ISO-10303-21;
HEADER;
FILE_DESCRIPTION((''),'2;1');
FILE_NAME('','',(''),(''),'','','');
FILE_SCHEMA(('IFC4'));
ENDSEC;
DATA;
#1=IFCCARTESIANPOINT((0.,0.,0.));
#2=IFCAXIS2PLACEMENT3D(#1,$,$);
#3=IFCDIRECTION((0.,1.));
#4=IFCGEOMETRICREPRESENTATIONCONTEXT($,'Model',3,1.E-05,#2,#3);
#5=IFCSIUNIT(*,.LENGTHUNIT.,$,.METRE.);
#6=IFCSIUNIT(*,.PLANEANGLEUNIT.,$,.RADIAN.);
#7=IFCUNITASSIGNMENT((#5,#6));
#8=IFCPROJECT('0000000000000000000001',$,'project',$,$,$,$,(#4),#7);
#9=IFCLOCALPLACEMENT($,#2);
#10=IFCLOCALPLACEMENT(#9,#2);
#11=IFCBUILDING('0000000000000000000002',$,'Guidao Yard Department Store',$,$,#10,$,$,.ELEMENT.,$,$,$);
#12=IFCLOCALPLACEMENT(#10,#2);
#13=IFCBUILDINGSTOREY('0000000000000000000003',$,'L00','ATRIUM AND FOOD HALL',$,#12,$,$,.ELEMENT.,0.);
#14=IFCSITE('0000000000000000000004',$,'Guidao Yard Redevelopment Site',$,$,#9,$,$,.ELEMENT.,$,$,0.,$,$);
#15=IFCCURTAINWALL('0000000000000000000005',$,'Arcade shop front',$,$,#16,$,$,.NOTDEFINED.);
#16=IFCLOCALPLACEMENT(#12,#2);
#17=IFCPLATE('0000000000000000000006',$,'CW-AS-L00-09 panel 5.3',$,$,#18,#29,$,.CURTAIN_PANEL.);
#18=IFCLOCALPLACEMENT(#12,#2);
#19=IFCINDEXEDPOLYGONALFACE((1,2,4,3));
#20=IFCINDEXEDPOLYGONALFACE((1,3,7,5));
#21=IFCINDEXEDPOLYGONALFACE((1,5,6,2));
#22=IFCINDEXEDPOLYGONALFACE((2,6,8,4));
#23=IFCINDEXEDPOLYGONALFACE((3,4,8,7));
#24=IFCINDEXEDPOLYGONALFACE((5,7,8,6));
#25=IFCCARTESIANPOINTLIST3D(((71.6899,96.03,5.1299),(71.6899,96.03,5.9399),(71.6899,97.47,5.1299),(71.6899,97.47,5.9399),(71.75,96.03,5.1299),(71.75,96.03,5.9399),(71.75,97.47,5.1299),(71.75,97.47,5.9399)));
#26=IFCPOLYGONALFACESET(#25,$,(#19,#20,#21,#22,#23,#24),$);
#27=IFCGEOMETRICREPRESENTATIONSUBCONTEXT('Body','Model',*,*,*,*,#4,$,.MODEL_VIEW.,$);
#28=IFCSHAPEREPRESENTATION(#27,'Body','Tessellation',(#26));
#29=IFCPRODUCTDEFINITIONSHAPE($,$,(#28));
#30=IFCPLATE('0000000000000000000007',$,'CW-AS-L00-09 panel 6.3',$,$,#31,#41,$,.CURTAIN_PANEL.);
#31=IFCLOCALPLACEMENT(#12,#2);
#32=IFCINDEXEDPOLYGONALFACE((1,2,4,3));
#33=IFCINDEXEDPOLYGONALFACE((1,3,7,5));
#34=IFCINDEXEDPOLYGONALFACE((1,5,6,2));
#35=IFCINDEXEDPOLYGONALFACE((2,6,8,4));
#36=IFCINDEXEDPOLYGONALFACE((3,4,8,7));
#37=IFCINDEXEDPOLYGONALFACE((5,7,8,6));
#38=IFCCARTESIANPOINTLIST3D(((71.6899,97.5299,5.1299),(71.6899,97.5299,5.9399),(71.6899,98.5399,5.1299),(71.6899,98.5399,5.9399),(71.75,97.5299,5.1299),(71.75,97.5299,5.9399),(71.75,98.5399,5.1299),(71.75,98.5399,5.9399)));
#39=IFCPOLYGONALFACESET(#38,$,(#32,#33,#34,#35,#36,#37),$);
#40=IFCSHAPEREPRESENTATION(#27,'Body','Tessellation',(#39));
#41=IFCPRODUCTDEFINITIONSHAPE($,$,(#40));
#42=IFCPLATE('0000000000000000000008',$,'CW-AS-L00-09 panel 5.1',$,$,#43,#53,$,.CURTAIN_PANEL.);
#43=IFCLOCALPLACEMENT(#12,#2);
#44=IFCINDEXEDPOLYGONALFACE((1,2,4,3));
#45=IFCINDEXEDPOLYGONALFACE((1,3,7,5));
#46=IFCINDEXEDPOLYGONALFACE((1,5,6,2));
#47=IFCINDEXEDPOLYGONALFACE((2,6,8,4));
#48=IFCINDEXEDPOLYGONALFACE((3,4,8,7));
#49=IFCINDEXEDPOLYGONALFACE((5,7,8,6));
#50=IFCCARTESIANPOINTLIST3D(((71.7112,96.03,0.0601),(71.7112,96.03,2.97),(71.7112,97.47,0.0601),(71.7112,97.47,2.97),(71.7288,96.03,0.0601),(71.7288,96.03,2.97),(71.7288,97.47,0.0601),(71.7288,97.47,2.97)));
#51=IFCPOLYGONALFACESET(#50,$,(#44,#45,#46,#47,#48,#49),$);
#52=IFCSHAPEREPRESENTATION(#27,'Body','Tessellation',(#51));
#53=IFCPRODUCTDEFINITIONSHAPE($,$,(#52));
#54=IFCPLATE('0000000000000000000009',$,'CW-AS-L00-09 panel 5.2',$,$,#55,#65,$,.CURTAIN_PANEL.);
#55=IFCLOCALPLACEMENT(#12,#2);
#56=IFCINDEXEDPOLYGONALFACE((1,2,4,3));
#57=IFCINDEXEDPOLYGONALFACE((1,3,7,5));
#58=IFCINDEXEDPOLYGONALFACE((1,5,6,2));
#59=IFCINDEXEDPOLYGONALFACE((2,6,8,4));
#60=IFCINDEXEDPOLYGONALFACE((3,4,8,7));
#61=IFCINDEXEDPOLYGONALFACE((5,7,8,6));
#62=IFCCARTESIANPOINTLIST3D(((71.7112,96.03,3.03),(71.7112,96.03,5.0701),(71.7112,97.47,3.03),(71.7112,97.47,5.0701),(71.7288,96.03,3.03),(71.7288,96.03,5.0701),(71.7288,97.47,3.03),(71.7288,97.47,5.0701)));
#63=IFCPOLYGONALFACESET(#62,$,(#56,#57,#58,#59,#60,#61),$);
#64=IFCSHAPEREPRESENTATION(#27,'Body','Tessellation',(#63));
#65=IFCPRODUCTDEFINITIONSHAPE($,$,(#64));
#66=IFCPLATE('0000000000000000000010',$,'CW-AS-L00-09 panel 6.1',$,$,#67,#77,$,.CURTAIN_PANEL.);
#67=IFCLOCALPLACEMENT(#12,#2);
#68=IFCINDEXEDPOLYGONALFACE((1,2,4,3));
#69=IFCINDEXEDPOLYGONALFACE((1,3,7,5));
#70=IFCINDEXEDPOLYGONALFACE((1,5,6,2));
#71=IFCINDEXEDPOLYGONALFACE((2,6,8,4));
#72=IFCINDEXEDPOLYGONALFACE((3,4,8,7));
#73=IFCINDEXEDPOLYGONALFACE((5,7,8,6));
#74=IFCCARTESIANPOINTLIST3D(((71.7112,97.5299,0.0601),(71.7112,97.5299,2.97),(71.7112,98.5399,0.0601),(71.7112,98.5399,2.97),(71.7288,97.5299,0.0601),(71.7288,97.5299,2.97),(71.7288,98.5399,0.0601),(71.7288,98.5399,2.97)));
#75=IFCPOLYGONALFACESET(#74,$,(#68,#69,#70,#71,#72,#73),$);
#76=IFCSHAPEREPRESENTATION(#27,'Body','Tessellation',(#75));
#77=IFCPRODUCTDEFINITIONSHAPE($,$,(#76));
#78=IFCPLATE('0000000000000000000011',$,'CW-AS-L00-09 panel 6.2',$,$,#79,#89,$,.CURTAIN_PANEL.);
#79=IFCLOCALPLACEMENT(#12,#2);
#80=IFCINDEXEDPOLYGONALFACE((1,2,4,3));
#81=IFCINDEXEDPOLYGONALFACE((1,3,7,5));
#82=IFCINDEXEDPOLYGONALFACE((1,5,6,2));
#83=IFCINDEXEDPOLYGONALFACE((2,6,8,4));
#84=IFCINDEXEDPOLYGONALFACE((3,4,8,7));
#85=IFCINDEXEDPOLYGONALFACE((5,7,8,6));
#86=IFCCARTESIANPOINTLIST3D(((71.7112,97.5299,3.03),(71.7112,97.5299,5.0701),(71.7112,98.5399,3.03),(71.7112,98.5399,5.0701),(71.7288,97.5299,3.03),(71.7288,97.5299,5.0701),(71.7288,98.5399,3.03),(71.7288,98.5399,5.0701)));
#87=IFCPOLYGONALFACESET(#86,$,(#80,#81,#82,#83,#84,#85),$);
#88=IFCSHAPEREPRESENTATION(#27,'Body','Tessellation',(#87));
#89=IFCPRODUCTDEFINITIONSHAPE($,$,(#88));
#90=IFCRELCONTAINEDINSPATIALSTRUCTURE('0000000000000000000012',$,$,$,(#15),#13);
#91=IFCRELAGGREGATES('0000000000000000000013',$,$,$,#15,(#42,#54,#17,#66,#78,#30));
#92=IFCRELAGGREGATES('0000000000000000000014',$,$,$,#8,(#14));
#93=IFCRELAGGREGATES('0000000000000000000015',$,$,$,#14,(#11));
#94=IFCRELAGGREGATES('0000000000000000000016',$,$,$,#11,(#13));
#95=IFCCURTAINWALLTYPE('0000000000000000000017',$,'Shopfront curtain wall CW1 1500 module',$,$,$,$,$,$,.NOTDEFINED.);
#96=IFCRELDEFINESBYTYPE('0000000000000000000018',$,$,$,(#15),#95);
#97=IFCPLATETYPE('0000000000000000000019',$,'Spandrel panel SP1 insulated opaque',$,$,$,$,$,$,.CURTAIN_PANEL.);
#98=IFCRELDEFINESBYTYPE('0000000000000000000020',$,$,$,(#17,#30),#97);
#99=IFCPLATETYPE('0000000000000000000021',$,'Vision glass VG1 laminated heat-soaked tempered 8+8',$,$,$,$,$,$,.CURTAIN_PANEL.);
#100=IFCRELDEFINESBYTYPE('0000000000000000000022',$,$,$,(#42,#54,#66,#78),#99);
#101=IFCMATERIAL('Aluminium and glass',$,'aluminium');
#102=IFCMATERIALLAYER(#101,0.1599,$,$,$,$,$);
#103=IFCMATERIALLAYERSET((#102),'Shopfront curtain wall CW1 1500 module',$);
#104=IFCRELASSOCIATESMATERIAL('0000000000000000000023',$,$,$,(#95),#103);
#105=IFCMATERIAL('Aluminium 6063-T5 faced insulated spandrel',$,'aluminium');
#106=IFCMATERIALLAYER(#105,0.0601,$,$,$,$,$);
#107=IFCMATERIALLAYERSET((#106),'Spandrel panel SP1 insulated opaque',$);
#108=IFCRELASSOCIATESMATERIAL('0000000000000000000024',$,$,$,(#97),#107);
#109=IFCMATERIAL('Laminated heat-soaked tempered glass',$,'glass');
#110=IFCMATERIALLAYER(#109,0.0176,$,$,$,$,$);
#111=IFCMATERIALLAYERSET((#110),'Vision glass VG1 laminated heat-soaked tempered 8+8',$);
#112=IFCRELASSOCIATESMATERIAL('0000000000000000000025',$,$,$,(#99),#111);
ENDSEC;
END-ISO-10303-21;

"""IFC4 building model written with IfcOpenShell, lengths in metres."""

from ifc_helpers import new_model, si_unit, direction, frame, origin, origin_2d, place, context, subcontext, project, spatial, rectangle, extrude, material, layer, layer_set, type_object, element, aggregate, save


model = new_model("IFC4")

# Units and contexts
model_context = context("Model", 3, precision=1e-05, world=origin(), true_north=direction((0.0, 1.0)))
body_context = subcontext(model_context, "Body", "Model", "MODEL_VIEW")
ifc_project = project(units=[si_unit("LENGTHUNIT", "METRE"), si_unit("PLANEANGLEUNIT", "RADIAN")], contexts=[model_context])

# Site, building, storey
site_placement = place(None, origin())
site = spatial("IfcSite", under=ifc_project, at=site_placement, Name="Guidao Yard Redevelopment Site", CompositionType="ELEMENT", RefElevation=0.0)
building_placement = place(site_placement, origin())
building = spatial("IfcBuilding", under=site, at=building_placement, Name="Guidao Yard Department Store", CompositionType="ELEMENT")
storey_placement = place(building_placement, origin())
storey = spatial("IfcBuildingStorey", under=building, at=storey_placement, Name="L00", Description="ATRIUM AND FOOD HALL", CompositionType="ELEMENT", Elevation=0.0)

# Curtain wall
ifc_material_1 = material(Name="Aluminium and glass", Category="aluminium")
ifc_layer_1 = layer(ifc_material_1, 0.1599)
ifc_layer_set_1 = layer_set([ifc_layer_1], Name="Shopfront curtain wall CW1 1500 module")
curtain_wall_type = type_object("IfcCurtainWallType", Name="Shopfront curtain wall CW1 1500 module", PredefinedType="NOTDEFINED", material=ifc_layer_set_1)
curtain_wall_1_placement = place(storey_placement, origin())
curtain_wall_1 = element("IfcCurtainWall", 1, at=curtain_wall_1_placement, inside=storey, type_object=curtain_wall_type, Name="Arcade shop front", PredefinedType="NOTDEFINED")

# Plates
ifc_material_2 = material(Name="Aluminium 6063-T5 faced insulated spandrel", Category="aluminium")
ifc_layer_2 = layer(ifc_material_2, 0.0601)
ifc_layer_set_2 = layer_set([ifc_layer_2], Name="Spandrel panel SP1 insulated opaque")
plate_type_1 = type_object("IfcPlateType", Name="Spandrel panel SP1 insulated opaque", PredefinedType="CURTAIN_PANEL", material=ifc_layer_set_2)
plate_1_placement = place(storey_placement, frame((71.72, 96.75, 5.1299), z_axis=(0.0, 0.0, 1.0), x_axis=(0.0, 1.0, 0.0)))
plate_1 = element("IfcPlate", 2, at=plate_1_placement, type_object=plate_type_1, Name="CW-AS-L00-09 panel 5.3", PredefinedType="CURTAIN_PANEL", context=body_context, shape_type="SweptSolid", body=[
    extrude(rectangle(XDim=1.4399, YDim=0.0601, at=origin_2d()), origin(), (0.0, 0.0, 1.0), 0.8101),
])
plate_2_placement = place(storey_placement, frame((71.72, 98.0349, 5.1299), z_axis=(0.0, 0.0, 1.0), x_axis=(0.0, 1.0, 0.0)))
plate_2 = element("IfcPlate", 3, at=plate_2_placement, type_object=plate_type_1, Name="CW-AS-L00-09 panel 6.3", PredefinedType="CURTAIN_PANEL", context=body_context, shape_type="SweptSolid", body=[
    extrude(rectangle(XDim=1.01, YDim=0.0601, at=origin_2d()), origin(), (0.0, 0.0, 1.0), 0.8101),
])
ifc_material_3 = material(Name="Laminated heat-soaked tempered glass", Category="glass")
ifc_layer_3 = layer(ifc_material_3, 0.0176)
ifc_layer_set_3 = layer_set([ifc_layer_3], Name="Vision glass VG1 laminated heat-soaked tempered 8+8")
plate_type_2 = type_object("IfcPlateType", Name="Vision glass VG1 laminated heat-soaked tempered 8+8", PredefinedType="CURTAIN_PANEL", material=ifc_layer_set_3)
plate_3_placement = place(storey_placement, frame((71.72, 96.75, 0.0601), z_axis=(0.0, 0.0, 1.0), x_axis=(0.0, 1.0, 0.0)))
plate_3 = element("IfcPlate", 4, at=plate_3_placement, type_object=plate_type_2, Name="CW-AS-L00-09 panel 5.1", PredefinedType="CURTAIN_PANEL", context=body_context, shape_type="SweptSolid", body=[
    extrude(rectangle(XDim=1.4399, YDim=0.0176, at=origin_2d()), origin(), (0.0, 0.0, 1.0), 2.9099),
])
plate_4_placement = place(storey_placement, frame((71.72, 96.75, 3.03), z_axis=(0.0, 0.0, 1.0), x_axis=(0.0, 1.0, 0.0)))
plate_4 = element("IfcPlate", 5, at=plate_4_placement, type_object=plate_type_2, Name="CW-AS-L00-09 panel 5.2", PredefinedType="CURTAIN_PANEL", context=body_context, shape_type="SweptSolid", body=[
    extrude(rectangle(XDim=1.4399, YDim=0.0176, at=origin_2d()), origin(), (0.0, 0.0, 1.0), 2.04),
])
plate_5_placement = place(storey_placement, frame((71.72, 98.0349, 0.0601), z_axis=(0.0, 0.0, 1.0), x_axis=(0.0, 1.0, 0.0)))
plate_5 = element("IfcPlate", 6, at=plate_5_placement, type_object=plate_type_2, Name="CW-AS-L00-09 panel 6.1", PredefinedType="CURTAIN_PANEL", context=body_context, shape_type="SweptSolid", body=[
    extrude(rectangle(XDim=1.01, YDim=0.0176, at=origin_2d()), origin(), (0.0, 0.0, 1.0), 2.9099),
])
plate_6_placement = place(storey_placement, frame((71.72, 98.0349, 3.03), z_axis=(0.0, 0.0, 1.0), x_axis=(0.0, 1.0, 0.0)))
plate_6 = element("IfcPlate", 7, at=plate_6_placement, type_object=plate_type_2, Name="CW-AS-L00-09 panel 6.2", PredefinedType="CURTAIN_PANEL", context=body_context, shape_type="SweptSolid", body=[
    extrude(rectangle(XDim=1.01, YDim=0.0176, at=origin_2d()), origin(), (0.0, 0.0, 1.0), 2.04),
])
aggregate(curtain_wall_1, [plate_3, plate_4, plate_1, plate_5, plate_6, plate_2])

save(model, "model.ifc")
